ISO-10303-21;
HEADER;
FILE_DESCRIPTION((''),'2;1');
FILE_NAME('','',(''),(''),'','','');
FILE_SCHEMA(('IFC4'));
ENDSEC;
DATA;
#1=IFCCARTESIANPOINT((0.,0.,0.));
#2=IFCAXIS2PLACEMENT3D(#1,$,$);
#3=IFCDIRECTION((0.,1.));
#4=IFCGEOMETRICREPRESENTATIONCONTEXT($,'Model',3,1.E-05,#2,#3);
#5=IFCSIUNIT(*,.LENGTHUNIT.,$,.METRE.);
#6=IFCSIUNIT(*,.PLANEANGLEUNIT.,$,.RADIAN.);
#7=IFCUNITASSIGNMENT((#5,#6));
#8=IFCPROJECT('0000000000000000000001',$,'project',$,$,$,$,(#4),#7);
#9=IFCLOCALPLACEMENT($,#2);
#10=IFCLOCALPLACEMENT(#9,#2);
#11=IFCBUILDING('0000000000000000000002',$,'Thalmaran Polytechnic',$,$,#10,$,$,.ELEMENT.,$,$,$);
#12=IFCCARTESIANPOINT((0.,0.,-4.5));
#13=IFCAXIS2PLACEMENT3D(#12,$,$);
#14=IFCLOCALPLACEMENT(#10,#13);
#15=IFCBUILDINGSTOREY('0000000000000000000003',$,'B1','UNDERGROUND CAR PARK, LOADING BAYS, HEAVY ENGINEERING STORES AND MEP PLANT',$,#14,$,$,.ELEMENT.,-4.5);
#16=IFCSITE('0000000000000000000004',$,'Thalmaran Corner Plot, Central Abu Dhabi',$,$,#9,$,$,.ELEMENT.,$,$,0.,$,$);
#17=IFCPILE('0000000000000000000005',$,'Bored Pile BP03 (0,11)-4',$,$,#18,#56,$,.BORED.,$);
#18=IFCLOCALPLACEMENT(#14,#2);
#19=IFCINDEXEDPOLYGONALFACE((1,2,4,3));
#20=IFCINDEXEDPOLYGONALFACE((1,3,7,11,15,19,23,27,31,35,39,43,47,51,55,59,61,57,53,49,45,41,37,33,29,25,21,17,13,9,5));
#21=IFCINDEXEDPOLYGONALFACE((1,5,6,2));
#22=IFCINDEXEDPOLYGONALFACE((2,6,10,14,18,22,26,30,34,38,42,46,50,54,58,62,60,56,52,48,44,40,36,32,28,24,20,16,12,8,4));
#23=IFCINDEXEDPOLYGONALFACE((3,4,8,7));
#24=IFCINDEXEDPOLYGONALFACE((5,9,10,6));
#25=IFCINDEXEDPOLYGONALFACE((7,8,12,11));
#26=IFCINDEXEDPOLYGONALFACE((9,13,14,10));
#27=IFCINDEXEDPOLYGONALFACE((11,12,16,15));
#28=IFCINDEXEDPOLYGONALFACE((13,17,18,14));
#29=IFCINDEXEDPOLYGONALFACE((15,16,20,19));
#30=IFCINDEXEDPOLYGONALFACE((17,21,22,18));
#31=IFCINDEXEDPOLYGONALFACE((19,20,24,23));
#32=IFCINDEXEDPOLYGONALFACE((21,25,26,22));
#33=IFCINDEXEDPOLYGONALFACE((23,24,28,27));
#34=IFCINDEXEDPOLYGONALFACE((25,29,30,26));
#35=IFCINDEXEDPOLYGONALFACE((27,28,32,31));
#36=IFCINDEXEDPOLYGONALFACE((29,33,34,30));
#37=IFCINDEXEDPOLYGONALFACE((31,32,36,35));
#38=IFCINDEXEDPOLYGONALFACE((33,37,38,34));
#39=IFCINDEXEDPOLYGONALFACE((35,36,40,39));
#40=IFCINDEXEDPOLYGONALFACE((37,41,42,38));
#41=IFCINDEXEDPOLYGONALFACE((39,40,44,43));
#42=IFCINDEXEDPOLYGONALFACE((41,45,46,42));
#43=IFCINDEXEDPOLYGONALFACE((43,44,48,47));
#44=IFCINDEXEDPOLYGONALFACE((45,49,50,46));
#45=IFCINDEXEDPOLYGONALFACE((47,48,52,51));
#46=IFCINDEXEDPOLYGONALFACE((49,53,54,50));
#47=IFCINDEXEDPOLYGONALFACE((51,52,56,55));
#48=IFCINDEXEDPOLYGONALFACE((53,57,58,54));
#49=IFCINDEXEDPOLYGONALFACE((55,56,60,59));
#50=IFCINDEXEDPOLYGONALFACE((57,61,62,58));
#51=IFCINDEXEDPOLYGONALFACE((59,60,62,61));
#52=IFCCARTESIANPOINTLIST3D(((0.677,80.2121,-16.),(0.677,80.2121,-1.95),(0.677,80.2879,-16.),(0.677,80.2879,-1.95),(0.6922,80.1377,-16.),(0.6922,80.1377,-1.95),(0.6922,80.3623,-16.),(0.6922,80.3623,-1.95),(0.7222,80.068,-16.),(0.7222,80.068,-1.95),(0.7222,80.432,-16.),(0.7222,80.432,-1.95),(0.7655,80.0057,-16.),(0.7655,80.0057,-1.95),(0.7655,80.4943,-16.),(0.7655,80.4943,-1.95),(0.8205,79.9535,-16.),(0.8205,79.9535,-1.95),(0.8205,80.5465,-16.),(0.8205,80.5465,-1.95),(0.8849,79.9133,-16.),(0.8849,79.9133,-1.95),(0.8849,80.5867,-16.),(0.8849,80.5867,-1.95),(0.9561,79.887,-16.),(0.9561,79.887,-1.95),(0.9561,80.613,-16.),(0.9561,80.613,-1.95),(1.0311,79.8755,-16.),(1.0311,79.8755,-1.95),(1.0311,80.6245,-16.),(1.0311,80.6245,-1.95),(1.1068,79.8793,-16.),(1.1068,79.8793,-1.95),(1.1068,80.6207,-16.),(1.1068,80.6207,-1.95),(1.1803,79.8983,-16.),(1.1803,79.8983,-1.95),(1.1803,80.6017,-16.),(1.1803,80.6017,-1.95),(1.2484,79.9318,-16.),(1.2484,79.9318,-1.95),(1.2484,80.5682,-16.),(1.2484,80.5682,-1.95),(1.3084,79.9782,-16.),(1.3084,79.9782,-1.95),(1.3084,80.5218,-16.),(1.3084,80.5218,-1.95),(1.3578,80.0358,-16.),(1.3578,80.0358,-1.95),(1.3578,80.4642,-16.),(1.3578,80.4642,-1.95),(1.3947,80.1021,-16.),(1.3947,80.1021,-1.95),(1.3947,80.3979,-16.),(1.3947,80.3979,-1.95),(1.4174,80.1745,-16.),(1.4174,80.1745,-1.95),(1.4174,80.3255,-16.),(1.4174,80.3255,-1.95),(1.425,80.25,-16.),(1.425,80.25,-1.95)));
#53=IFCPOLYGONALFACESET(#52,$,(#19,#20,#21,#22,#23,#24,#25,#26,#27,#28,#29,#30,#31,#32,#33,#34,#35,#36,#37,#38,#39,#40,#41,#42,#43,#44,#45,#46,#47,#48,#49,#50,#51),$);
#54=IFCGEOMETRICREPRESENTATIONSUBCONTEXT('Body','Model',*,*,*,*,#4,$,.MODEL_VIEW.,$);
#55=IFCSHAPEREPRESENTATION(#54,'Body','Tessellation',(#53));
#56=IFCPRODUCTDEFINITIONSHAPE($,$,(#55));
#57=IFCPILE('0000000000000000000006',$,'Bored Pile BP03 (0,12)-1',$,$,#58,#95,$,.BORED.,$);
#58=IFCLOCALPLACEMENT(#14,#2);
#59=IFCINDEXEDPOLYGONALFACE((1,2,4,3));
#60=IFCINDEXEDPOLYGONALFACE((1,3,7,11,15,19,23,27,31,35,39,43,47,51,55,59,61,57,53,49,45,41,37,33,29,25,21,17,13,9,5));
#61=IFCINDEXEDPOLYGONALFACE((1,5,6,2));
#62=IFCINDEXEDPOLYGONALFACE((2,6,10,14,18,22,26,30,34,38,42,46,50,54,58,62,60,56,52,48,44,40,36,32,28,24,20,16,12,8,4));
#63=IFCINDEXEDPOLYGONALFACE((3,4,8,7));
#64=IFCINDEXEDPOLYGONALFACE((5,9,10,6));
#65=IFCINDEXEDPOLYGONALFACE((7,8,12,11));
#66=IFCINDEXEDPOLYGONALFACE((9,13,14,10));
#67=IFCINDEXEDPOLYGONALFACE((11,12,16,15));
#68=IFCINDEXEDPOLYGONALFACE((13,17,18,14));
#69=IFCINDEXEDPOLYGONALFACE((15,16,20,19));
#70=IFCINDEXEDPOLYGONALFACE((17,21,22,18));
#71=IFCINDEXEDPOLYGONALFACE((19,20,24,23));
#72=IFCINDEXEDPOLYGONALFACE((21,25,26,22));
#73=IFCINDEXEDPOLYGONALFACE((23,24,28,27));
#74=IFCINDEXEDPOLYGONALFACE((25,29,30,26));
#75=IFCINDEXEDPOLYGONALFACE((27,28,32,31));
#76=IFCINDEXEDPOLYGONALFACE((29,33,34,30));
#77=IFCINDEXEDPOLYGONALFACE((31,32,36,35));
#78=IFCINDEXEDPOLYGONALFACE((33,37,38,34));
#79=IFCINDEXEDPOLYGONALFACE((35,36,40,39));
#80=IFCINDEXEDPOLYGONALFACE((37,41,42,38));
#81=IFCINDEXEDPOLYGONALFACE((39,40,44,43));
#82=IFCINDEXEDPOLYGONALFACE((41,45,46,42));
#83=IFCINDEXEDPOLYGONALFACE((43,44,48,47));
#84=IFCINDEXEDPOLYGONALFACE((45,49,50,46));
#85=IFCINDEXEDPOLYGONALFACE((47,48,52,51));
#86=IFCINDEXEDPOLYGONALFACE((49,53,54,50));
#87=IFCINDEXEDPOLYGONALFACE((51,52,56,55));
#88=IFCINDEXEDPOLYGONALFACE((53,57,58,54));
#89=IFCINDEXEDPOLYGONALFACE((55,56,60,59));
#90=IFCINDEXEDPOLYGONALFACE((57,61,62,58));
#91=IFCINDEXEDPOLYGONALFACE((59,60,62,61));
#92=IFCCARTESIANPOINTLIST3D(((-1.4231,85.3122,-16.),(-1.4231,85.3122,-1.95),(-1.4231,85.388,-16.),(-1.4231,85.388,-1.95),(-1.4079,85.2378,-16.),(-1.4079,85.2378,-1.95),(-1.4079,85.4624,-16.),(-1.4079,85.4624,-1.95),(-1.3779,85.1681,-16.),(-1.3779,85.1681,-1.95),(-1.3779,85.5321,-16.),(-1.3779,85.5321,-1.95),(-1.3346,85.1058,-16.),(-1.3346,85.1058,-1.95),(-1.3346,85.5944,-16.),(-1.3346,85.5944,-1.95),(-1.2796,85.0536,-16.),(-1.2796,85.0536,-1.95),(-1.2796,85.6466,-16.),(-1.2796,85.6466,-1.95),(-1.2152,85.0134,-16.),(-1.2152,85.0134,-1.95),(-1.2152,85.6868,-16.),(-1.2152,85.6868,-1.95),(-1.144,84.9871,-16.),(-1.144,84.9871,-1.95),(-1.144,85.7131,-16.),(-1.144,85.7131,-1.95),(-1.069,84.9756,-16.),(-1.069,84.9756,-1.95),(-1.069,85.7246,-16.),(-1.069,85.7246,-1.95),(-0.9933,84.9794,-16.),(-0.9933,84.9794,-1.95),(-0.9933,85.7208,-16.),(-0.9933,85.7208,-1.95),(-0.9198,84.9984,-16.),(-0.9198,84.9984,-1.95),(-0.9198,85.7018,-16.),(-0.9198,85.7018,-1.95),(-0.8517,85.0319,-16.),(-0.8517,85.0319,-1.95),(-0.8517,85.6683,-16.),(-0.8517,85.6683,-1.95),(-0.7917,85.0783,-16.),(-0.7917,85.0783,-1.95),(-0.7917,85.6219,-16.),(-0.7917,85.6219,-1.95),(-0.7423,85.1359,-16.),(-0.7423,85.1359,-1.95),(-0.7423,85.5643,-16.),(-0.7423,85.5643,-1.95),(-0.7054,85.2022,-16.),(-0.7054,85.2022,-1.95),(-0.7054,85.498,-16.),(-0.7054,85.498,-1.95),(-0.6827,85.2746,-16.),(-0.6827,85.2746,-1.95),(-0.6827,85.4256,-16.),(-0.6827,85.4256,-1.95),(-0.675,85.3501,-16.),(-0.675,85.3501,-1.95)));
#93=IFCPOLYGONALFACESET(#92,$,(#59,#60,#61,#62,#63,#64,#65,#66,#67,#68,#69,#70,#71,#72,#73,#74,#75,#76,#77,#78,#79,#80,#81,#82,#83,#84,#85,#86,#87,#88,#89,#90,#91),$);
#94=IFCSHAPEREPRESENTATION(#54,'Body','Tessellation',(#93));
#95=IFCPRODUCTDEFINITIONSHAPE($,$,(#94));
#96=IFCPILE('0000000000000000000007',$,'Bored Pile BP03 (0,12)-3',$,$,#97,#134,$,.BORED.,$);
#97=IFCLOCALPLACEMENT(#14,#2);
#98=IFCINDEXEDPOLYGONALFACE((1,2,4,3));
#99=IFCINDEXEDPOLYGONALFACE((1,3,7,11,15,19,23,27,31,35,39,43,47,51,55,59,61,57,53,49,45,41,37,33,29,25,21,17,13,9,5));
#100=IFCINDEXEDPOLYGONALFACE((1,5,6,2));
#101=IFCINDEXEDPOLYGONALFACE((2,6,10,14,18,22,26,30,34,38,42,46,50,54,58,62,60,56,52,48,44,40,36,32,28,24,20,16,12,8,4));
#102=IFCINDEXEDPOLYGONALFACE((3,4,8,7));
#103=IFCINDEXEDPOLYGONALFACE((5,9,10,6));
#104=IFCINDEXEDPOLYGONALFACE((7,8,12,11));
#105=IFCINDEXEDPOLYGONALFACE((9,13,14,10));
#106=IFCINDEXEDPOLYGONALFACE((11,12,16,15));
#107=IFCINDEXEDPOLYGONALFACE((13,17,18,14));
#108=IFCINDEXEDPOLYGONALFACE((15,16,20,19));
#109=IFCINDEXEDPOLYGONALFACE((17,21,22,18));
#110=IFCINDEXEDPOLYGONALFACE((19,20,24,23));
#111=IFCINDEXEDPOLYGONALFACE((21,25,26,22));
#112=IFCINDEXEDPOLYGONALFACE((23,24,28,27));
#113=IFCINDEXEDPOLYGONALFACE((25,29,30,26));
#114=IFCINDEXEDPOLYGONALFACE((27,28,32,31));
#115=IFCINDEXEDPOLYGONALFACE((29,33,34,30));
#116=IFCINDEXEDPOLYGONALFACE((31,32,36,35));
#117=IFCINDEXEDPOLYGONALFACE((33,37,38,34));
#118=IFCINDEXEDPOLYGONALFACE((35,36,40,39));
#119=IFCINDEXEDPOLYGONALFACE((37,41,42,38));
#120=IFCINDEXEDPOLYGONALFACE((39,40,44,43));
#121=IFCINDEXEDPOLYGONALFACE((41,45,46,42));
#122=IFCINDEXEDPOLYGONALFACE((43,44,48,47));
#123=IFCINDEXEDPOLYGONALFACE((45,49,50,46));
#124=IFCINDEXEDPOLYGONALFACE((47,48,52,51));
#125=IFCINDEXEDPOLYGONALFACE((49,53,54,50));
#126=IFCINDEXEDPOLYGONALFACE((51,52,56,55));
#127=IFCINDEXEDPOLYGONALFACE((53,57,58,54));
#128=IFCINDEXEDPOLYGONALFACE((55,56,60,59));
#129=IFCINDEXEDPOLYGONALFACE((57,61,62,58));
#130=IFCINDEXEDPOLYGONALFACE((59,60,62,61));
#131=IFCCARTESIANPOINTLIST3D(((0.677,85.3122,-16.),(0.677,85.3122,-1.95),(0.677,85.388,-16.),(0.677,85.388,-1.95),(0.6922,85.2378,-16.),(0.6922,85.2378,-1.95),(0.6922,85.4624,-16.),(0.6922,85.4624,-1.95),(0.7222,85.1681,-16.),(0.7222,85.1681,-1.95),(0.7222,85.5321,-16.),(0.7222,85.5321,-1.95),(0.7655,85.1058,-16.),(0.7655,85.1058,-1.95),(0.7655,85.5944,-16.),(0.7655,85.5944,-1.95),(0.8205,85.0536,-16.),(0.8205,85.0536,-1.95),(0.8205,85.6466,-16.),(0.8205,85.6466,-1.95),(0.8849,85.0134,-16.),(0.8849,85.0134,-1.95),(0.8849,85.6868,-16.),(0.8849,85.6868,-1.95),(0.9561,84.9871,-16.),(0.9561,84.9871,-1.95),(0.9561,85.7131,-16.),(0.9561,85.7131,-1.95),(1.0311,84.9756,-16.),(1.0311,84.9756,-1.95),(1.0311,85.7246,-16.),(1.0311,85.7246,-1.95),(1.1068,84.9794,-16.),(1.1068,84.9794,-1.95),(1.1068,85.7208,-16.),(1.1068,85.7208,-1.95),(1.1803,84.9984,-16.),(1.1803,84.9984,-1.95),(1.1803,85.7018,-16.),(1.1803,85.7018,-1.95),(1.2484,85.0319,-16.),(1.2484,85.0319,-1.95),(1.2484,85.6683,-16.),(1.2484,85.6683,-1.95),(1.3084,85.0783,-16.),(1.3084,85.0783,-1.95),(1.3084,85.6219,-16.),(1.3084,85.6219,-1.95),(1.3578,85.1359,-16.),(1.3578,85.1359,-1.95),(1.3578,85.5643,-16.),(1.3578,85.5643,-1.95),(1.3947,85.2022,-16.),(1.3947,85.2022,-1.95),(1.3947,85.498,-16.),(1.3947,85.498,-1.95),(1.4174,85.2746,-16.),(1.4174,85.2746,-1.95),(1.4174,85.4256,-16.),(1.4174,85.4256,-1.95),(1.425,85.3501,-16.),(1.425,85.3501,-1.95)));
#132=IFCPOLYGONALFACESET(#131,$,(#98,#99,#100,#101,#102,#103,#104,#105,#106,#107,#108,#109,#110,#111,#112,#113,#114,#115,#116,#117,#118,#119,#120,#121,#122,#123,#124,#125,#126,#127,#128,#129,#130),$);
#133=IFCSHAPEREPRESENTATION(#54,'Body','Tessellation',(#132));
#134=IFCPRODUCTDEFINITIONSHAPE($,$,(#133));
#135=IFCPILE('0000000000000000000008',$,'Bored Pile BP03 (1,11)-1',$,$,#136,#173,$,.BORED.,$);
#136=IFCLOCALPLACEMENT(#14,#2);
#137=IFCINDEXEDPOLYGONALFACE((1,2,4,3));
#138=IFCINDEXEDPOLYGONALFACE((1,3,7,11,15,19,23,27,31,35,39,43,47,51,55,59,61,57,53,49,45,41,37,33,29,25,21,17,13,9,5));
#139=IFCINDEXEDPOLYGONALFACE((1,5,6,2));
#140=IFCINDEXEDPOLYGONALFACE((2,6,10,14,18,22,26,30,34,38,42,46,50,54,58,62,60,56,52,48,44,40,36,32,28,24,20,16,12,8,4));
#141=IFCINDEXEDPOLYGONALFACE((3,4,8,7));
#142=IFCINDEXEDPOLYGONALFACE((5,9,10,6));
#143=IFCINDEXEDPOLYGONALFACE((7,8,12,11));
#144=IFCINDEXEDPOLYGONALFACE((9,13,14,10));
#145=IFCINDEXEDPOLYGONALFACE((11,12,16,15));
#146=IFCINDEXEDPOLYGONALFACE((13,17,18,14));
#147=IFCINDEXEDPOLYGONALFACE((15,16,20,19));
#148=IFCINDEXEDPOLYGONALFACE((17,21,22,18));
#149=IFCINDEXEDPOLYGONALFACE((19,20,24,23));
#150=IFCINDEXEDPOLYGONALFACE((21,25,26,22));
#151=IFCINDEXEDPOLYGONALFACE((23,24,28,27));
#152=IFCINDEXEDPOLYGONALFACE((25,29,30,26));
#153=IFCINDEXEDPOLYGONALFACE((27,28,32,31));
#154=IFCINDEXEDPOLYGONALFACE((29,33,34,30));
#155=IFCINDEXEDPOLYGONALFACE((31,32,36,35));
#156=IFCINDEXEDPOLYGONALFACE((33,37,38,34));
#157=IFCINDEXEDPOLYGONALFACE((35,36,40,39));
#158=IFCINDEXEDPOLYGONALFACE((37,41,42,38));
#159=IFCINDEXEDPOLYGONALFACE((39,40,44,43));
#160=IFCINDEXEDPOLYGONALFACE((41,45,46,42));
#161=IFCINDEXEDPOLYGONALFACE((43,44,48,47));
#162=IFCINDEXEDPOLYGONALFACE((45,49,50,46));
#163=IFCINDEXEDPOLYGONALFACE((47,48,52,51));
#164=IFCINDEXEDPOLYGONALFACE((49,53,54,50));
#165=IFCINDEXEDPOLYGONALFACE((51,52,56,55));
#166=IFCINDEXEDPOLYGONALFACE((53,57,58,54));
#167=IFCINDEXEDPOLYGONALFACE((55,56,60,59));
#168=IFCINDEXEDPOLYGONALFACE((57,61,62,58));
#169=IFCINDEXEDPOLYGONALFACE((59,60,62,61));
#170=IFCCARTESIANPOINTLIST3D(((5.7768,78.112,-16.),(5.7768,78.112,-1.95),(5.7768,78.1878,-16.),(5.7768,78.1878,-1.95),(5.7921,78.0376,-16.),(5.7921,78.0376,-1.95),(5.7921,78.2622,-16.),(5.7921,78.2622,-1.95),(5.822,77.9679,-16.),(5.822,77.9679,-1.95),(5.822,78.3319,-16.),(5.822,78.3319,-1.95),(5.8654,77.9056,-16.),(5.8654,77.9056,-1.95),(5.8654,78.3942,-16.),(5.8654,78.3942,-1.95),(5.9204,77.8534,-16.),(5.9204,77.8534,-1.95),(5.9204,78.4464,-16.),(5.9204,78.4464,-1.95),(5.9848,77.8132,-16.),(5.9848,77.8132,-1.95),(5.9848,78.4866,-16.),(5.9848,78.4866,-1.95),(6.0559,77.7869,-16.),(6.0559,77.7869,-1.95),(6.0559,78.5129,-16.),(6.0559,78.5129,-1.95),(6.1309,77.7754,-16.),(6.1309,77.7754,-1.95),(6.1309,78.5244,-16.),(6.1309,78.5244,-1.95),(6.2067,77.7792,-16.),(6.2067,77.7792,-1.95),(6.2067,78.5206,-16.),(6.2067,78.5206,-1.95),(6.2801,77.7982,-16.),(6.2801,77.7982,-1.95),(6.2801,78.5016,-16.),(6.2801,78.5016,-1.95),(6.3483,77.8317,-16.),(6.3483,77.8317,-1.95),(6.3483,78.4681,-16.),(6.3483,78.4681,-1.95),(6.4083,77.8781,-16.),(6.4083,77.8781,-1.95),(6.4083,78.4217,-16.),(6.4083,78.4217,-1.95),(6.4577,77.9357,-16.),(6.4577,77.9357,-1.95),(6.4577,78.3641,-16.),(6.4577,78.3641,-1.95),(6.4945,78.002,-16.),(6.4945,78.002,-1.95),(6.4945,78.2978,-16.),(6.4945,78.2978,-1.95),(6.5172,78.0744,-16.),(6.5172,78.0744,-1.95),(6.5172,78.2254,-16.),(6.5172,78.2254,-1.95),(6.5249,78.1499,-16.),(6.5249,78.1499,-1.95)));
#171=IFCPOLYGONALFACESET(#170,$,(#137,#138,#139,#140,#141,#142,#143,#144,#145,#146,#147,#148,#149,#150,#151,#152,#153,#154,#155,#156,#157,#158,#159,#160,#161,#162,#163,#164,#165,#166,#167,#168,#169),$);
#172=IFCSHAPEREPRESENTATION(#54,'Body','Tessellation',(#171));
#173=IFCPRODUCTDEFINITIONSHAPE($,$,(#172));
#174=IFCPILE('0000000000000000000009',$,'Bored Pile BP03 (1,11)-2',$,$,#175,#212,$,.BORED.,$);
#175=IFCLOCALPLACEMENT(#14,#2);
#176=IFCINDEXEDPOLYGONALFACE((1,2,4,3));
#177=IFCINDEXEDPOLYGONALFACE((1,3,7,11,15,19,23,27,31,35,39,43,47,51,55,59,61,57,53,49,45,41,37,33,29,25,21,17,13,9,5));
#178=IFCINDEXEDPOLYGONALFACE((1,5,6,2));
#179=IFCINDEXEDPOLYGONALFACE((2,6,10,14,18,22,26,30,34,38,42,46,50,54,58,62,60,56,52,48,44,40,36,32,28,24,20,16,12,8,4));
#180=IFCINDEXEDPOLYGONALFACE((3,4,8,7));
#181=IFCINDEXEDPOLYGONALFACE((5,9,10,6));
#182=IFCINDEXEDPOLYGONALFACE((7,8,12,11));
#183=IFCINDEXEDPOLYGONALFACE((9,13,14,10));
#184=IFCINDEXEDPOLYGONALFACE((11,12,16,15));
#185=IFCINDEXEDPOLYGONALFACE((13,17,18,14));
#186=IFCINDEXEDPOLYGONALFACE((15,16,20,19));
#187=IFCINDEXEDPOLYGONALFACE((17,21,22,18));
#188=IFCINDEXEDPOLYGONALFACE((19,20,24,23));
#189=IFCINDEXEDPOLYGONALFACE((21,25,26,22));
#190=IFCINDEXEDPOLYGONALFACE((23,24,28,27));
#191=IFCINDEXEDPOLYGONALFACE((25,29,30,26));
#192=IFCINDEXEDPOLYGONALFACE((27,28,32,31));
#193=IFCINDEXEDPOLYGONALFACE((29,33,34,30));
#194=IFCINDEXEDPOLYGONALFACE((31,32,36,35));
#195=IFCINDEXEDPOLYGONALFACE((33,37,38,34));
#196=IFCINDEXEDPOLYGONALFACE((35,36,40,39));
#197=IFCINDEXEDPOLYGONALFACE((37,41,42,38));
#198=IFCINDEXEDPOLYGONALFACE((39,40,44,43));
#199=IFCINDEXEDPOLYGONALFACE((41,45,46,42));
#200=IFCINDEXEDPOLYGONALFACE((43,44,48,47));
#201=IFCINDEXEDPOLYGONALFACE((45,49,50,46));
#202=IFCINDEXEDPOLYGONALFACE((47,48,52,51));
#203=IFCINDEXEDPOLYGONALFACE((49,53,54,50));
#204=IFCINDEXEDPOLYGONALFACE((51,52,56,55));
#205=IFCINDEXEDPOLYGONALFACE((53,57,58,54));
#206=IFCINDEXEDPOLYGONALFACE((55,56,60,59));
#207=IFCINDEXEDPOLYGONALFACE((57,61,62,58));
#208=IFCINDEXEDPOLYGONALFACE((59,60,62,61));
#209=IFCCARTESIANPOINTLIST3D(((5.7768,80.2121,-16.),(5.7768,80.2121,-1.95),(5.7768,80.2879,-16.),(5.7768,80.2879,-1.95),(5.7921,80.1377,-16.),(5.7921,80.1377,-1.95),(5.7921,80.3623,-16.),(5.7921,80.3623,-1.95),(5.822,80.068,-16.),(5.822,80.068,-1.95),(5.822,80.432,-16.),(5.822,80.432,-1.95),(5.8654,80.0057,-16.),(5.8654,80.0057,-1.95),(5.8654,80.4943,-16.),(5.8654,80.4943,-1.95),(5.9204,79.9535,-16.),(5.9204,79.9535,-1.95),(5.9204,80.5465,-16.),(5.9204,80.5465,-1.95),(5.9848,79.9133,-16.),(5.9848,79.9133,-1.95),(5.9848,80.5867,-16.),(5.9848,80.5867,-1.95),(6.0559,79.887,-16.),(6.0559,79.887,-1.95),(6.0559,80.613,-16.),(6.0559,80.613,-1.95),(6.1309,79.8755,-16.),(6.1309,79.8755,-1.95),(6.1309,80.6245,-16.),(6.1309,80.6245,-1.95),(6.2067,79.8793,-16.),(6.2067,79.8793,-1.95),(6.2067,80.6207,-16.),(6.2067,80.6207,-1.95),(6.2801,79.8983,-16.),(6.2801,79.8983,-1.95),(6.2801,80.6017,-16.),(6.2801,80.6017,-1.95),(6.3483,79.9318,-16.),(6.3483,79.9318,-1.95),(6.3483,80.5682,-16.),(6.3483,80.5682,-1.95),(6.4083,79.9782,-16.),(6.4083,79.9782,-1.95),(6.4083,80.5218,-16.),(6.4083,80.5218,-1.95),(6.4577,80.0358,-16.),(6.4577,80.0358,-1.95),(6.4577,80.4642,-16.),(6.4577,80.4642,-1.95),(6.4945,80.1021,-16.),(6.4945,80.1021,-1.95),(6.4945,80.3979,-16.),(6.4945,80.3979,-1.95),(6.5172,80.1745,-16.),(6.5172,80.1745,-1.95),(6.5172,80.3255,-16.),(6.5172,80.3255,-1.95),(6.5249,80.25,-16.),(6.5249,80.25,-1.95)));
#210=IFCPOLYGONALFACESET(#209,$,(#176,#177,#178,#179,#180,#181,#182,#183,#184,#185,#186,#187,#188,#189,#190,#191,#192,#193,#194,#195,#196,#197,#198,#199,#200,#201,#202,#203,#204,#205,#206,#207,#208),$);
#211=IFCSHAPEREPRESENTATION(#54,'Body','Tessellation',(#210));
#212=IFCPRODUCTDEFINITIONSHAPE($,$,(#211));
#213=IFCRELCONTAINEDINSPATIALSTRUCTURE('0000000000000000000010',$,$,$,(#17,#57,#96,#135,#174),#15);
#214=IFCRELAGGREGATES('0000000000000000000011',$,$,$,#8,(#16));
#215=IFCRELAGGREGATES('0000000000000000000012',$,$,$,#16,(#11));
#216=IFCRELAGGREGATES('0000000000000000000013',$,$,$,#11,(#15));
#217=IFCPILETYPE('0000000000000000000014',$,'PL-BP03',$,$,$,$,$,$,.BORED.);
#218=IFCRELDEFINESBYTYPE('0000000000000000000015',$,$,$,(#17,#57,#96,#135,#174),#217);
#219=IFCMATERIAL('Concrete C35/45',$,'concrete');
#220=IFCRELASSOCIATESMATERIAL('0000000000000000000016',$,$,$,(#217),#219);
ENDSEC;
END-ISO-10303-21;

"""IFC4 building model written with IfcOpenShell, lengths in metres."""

from ifc_helpers import new_model, si_unit, direction, frame, origin, origin_2d, place, context, subcontext, project, spatial, circle, extrude, material, material_profile, profile_set, type_object, element, save


model = new_model("IFC4")

# Units and contexts
model_context = context("Model", 3, precision=1e-05, world=origin(), true_north=direction((0.0, 1.0)))
body_context = subcontext(model_context, "Body", "Model", "MODEL_VIEW")
ifc_project = project(units=[si_unit("LENGTHUNIT", "METRE"), si_unit("PLANEANGLEUNIT", "RADIAN")], contexts=[model_context])

# Site, building, storey
site_placement = place(None, origin())
site = spatial("IfcSite", under=ifc_project, at=site_placement, Name="Thalmaran Corner Plot, Central Abu Dhabi", CompositionType="ELEMENT", RefElevation=0.0)
building_placement = place(site_placement, origin())
building = spatial("IfcBuilding", under=site, at=building_placement, Name="Thalmaran Polytechnic", CompositionType="ELEMENT")
storey_placement = place(building_placement, frame((0.0, 0.0, -4.5)))
storey = spatial("IfcBuildingStorey", under=building, at=storey_placement, Name="B1", Description="UNDERGROUND CAR PARK, LOADING BAYS, HEAVY ENGINEERING STORES AND MEP PLANT", CompositionType="ELEMENT", Elevation=-4.5)

# Piles
ifc_material_1 = material(Name="Concrete C35/45", Category="concrete")
ifc_material_profile_1 = material_profile(ifc_material_1, circle(Radius=0.375, at=origin_2d()), Name="RC 750 DIA")
ifc_profile_set_1 = profile_set([ifc_material_profile_1], Name="Concrete C35/45")
pile_type = type_object("IfcPileType", Name="PL-BP03", PredefinedType="BORED", material=ifc_profile_set_1)
for number, where, z_axis, x_axis, name in (
    (1, (1.05, 80.25, -1.95), (0.0, 0.0, -1.0), (1.0, 0.0, 0.0), "Bored Pile BP03 (0,11)-4"),
    (2, (-1.05, 85.3501, -1.95), (0.0, 0.0, -1.0), (1.0, 0.0, 0.0), "Bored Pile BP03 (0,12)-1"),
    (3, (1.05, 85.3501, -1.95), (0.0, 0.0, -1.0), (1.0, 0.0, 0.0), "Bored Pile BP03 (0,12)-3"),
    (4, (6.1499, 78.1499, -1.95), (0.0, 0.0, -1.0), (1.0, 0.0, 0.0), "Bored Pile BP03 (1,11)-1"),
    (5, (6.1499, 80.25, -1.95), (0.0, 0.0, -1.0), (1.0, 0.0, 0.0), "Bored Pile BP03 (1,11)-2"),
):
    element("IfcPile", number, at=place(storey_placement, frame(where, z_axis=z_axis, x_axis=x_axis)), inside=storey, type_object=pile_type, Name=name, PredefinedType="BORED", context=body_context, shape_type="SweptSolid", body=[
        extrude(circle(Radius=0.375, at=origin_2d()), origin(), (0.0, 0.0, 1.0), 14.05),
    ])

save(model, "model.ifc")
